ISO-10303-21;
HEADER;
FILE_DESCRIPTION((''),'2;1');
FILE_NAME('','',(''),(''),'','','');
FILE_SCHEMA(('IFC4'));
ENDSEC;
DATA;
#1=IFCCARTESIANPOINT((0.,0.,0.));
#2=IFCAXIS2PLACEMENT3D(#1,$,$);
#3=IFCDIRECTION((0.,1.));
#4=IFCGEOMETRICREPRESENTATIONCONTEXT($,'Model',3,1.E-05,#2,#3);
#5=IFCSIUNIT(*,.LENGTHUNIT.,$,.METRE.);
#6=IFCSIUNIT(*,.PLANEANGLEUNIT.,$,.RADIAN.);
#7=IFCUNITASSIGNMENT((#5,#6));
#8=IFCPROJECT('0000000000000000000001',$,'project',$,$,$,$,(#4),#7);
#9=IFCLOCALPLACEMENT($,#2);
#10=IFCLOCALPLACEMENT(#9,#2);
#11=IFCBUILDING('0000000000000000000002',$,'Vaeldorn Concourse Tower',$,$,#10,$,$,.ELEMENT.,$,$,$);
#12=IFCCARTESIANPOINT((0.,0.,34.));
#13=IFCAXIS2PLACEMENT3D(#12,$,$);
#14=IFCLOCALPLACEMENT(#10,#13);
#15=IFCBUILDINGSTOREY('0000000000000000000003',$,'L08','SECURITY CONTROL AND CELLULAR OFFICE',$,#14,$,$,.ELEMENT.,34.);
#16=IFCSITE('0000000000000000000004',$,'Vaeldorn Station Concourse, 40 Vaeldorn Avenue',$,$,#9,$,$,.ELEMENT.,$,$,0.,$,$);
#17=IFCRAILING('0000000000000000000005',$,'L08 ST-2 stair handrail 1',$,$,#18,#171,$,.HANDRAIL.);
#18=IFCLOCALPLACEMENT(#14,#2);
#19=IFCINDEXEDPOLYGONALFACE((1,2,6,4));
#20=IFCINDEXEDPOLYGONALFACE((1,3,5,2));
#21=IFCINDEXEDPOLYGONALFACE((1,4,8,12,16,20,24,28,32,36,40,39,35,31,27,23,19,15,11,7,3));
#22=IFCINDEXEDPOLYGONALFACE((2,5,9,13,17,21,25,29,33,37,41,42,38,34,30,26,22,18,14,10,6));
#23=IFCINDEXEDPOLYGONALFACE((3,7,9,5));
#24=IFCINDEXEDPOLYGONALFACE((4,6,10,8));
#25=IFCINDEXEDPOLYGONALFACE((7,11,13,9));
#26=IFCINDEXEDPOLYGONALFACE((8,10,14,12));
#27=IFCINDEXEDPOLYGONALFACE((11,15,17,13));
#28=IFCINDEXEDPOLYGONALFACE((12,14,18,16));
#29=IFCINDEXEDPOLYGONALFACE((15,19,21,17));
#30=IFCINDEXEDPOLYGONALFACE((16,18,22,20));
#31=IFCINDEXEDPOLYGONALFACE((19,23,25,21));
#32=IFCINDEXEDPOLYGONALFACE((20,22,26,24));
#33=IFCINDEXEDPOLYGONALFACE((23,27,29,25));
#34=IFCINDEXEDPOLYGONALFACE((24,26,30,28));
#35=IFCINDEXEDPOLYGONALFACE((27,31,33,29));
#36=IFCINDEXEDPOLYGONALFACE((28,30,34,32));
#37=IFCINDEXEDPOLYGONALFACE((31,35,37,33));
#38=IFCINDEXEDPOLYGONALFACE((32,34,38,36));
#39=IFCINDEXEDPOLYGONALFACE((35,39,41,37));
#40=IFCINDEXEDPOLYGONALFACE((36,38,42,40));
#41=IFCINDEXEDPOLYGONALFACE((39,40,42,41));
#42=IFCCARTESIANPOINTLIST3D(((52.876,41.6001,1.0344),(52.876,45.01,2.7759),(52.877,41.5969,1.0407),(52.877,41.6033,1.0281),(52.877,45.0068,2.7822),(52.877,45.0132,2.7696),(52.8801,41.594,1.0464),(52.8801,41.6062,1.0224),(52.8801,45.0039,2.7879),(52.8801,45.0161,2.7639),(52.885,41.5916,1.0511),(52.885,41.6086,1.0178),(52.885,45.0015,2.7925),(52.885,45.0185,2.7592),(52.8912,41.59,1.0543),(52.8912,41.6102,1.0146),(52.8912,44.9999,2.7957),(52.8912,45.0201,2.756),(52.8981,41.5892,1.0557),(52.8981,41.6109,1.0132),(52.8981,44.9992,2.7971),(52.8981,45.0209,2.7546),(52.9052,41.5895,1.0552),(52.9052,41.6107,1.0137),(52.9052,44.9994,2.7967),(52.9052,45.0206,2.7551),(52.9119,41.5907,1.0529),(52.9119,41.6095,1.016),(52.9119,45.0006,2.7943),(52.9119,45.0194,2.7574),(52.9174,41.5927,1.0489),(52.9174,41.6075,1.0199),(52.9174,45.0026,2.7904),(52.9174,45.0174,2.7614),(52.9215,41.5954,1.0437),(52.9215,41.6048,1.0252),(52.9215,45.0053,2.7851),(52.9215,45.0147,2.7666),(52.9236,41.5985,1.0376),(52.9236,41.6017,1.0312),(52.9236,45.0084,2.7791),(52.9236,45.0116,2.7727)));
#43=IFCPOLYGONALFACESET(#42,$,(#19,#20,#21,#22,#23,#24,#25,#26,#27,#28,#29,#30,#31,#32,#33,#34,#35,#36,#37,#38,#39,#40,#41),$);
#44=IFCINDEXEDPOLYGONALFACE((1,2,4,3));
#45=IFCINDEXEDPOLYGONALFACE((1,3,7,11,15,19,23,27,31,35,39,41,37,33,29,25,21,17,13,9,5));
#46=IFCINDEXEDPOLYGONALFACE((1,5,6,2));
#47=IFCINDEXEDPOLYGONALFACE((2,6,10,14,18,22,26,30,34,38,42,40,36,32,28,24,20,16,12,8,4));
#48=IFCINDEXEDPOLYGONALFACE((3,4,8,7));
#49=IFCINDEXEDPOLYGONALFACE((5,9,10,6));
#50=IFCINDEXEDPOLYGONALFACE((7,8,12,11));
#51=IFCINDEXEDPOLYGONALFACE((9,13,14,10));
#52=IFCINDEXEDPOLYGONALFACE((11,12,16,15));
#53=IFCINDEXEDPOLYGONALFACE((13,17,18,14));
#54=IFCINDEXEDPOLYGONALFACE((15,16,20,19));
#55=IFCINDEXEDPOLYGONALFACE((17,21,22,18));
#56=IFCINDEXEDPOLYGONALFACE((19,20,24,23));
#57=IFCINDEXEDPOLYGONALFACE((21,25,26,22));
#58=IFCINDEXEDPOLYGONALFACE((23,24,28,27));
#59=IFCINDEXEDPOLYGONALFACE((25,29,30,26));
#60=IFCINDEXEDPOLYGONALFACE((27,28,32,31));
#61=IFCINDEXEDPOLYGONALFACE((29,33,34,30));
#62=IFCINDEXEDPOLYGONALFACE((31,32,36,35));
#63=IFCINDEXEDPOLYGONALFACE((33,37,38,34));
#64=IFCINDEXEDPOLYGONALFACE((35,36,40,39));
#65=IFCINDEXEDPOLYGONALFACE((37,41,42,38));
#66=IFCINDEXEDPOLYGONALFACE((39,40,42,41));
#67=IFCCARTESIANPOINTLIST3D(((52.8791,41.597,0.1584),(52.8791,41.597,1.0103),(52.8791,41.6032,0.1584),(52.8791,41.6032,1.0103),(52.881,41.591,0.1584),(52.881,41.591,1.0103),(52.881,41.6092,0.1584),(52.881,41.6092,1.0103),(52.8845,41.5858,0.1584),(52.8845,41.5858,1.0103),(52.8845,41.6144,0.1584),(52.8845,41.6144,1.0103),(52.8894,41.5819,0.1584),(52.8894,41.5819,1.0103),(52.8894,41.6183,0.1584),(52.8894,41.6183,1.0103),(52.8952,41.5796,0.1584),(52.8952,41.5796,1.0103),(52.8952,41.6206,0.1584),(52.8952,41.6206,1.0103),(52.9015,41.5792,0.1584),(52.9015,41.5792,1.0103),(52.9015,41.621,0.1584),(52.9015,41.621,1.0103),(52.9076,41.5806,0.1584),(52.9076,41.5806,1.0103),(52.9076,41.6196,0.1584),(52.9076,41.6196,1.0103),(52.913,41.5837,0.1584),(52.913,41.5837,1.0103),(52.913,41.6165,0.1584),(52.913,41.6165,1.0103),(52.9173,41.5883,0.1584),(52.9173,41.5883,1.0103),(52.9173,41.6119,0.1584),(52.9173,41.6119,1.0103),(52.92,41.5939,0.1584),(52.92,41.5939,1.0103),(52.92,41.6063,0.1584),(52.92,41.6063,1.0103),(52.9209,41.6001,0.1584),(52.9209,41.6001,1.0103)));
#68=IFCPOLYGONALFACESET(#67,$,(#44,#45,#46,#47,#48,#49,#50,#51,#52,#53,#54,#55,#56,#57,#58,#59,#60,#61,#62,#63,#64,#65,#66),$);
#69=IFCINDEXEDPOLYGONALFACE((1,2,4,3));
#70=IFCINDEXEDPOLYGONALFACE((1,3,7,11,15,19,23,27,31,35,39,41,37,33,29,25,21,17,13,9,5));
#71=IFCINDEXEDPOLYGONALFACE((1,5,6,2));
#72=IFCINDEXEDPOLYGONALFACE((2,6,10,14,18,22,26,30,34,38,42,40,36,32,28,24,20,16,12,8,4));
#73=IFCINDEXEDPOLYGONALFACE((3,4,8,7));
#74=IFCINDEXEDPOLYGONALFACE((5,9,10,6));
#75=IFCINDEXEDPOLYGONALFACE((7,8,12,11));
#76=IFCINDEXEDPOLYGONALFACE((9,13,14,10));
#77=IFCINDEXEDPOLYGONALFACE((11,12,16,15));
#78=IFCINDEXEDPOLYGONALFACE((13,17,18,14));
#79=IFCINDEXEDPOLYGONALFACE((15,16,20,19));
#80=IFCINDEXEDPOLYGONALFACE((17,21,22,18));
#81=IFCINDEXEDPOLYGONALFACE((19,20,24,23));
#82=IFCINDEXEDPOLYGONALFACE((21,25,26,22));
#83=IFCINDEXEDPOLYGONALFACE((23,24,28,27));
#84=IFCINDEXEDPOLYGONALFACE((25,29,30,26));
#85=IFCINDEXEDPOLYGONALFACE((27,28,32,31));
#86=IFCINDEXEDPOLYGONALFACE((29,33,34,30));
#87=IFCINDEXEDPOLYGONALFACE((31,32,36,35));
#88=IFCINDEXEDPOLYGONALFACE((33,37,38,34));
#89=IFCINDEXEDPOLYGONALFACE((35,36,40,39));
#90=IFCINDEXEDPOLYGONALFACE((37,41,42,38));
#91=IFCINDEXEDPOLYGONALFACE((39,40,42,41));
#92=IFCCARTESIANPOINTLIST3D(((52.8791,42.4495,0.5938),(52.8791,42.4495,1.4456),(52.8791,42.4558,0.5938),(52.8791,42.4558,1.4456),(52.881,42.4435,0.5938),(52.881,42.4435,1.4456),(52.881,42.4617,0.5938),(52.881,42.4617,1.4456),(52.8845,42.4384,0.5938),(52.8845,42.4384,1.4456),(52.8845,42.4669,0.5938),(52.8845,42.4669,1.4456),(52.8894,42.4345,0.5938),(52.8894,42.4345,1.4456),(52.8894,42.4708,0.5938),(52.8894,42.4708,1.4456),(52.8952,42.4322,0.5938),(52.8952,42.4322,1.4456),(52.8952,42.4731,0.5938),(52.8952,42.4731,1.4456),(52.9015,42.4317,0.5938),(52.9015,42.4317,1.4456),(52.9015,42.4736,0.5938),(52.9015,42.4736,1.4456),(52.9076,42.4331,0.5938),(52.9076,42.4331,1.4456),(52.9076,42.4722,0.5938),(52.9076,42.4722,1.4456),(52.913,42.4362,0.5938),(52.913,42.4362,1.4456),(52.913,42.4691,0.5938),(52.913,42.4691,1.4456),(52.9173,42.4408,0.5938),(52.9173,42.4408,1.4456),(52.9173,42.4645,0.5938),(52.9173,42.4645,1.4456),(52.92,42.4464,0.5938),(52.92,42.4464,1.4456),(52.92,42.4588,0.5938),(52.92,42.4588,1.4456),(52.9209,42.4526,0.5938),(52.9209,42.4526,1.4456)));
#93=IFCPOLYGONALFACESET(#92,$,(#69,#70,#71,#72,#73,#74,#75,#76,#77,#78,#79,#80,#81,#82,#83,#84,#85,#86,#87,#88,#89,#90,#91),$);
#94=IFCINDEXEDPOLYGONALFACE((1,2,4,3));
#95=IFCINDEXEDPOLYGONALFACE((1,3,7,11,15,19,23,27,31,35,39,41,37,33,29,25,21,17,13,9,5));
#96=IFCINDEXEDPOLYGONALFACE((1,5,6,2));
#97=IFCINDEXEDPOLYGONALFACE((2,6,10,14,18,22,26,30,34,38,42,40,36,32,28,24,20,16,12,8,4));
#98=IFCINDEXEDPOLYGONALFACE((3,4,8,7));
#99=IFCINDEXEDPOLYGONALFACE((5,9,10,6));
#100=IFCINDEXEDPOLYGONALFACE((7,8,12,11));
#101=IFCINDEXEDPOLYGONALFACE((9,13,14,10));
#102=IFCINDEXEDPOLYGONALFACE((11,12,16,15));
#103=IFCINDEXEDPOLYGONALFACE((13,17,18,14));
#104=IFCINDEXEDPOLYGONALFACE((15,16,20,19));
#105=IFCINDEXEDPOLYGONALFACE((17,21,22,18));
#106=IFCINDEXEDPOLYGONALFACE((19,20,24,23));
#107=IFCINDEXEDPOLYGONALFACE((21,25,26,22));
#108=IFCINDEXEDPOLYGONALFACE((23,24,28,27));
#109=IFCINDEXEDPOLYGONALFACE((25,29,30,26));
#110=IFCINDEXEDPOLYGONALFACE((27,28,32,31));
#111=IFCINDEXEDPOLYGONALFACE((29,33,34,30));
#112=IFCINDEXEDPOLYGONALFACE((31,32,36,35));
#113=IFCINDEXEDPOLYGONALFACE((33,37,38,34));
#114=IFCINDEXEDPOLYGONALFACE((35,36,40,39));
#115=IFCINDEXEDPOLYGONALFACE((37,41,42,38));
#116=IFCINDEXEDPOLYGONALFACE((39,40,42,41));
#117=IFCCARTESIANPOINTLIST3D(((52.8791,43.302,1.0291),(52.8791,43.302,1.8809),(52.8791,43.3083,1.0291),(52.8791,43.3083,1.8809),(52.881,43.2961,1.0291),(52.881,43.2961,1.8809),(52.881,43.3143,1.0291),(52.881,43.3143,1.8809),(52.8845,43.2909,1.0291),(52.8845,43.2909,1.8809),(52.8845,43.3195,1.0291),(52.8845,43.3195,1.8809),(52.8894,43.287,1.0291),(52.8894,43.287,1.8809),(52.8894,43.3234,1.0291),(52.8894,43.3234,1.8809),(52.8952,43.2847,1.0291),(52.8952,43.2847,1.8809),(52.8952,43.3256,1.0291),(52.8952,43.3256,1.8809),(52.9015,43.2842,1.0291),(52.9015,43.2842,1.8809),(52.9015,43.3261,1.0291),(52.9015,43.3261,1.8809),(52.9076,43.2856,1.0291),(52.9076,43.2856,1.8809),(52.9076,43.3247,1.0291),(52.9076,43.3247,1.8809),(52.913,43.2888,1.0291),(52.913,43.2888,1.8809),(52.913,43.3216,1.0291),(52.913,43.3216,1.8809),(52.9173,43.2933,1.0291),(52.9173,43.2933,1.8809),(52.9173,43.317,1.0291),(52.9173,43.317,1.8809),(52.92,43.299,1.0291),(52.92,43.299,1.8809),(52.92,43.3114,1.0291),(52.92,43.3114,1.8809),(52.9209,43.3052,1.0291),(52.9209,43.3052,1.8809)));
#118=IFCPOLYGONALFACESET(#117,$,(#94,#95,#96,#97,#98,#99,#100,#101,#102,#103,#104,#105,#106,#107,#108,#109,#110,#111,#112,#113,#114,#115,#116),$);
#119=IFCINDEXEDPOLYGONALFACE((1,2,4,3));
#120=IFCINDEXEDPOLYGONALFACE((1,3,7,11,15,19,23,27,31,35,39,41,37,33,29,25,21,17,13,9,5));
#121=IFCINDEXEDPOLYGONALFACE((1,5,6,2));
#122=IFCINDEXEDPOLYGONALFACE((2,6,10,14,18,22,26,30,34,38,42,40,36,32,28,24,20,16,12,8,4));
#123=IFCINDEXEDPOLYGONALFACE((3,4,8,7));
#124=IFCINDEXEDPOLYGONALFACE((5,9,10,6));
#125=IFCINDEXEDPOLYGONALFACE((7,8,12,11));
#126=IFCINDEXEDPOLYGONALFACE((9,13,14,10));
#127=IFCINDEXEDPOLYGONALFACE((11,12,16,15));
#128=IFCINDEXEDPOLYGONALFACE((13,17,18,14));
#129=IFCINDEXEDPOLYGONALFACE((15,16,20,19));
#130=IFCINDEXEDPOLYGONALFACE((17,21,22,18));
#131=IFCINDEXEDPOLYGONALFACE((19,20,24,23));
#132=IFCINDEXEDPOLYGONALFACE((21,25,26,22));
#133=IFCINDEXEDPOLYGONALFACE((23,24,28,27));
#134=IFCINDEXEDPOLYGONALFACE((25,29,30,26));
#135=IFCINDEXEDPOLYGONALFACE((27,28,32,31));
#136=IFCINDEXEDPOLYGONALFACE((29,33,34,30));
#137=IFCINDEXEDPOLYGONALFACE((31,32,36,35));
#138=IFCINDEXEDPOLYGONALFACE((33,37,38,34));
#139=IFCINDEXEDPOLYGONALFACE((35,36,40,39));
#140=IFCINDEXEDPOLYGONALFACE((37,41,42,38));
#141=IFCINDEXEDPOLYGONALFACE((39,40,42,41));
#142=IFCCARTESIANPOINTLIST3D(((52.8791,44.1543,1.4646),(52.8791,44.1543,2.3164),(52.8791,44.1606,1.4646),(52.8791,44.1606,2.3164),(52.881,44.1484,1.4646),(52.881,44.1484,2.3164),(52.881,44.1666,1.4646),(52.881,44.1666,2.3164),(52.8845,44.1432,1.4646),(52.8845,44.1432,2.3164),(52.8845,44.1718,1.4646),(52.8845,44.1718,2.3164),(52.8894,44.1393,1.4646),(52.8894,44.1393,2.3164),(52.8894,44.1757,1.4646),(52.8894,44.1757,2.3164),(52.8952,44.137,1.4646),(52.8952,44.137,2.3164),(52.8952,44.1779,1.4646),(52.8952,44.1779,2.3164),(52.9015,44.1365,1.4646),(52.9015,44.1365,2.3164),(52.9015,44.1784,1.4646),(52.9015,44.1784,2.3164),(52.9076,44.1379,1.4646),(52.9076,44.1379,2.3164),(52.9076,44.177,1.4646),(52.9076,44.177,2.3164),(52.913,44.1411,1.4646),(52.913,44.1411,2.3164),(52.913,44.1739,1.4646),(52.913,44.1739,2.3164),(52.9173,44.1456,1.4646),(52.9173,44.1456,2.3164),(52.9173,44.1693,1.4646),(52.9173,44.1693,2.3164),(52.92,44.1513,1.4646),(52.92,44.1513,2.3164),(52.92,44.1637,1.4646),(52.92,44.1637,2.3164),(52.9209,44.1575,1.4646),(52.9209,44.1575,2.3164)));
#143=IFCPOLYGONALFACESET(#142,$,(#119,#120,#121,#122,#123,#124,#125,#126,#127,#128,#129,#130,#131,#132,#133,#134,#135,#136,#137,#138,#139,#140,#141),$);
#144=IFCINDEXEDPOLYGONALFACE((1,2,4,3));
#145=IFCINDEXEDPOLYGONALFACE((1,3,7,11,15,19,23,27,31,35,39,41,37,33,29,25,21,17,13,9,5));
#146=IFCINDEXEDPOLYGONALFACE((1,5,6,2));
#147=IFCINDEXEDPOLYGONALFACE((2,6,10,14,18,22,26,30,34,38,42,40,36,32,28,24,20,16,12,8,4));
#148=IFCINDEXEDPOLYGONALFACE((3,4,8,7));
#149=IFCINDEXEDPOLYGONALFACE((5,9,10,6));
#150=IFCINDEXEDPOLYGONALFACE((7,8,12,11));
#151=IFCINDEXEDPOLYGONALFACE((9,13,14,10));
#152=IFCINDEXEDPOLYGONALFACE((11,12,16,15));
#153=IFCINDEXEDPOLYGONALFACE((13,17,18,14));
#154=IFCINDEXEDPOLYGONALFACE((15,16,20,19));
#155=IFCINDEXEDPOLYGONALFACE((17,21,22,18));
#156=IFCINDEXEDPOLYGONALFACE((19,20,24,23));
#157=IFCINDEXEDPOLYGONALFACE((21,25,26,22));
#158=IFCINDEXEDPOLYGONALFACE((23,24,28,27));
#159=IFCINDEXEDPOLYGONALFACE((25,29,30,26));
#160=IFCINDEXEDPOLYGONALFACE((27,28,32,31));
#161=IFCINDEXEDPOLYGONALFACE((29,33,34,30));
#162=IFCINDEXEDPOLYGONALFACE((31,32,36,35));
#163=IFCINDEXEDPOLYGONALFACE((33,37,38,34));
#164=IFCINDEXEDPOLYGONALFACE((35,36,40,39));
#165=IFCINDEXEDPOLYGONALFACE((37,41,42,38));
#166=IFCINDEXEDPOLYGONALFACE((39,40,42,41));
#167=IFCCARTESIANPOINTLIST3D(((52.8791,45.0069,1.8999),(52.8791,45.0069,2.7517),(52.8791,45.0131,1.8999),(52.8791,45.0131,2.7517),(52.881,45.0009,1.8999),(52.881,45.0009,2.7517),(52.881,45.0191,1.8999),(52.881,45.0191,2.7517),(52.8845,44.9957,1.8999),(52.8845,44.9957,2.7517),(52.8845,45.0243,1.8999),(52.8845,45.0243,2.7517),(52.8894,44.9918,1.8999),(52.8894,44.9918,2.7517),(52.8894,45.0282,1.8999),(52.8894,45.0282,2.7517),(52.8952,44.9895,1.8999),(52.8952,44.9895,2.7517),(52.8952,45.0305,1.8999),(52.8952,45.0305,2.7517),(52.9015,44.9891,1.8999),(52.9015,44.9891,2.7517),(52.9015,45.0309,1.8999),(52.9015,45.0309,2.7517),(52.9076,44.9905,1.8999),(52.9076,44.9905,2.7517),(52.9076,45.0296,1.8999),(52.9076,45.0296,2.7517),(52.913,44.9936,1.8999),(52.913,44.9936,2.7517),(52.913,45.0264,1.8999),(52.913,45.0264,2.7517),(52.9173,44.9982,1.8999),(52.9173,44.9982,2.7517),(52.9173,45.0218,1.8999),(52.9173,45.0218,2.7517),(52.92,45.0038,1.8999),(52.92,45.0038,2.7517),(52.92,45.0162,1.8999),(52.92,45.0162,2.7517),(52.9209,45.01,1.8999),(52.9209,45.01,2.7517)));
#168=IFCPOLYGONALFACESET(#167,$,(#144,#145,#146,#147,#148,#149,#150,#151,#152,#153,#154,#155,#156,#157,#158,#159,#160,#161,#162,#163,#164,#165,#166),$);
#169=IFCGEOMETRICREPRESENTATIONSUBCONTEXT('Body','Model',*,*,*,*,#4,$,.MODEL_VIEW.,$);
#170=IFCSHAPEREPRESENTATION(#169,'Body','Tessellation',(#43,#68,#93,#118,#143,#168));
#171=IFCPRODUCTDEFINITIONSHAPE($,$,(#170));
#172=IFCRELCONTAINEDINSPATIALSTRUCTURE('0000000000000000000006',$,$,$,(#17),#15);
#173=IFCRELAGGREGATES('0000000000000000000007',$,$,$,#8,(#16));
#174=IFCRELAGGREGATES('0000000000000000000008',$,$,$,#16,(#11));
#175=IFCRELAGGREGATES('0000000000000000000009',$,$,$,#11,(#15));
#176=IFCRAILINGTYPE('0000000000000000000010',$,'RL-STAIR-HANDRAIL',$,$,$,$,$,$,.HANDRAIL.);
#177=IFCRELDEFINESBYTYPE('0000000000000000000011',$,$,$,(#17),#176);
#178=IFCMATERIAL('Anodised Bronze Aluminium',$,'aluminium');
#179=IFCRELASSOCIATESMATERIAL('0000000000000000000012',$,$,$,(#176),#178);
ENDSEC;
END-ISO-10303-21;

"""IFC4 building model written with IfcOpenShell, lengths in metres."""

from ifc_helpers import new_model, si_unit, direction, frame, origin, origin_2d, place, context, subcontext, project, spatial, circle, extrude, material, type_object, element, save


model = new_model("IFC4")

# Units and contexts
model_context = context("Model", 3, precision=1e-05, world=origin(), true_north=direction((0.0, 1.0)))
body_context = subcontext(model_context, "Body", "Model", "MODEL_VIEW")
ifc_project = project(units=[si_unit("LENGTHUNIT", "METRE"), si_unit("PLANEANGLEUNIT", "RADIAN")], contexts=[model_context])

# Site, building, storey
site_placement = place(None, origin())
site = spatial("IfcSite", under=ifc_project, at=site_placement, Name="Vaeldorn Station Concourse, 40 Vaeldorn Avenue", CompositionType="ELEMENT", RefElevation=0.0)
building_placement = place(site_placement, origin())
building = spatial("IfcBuilding", under=site, at=building_placement, Name="Vaeldorn Concourse Tower", CompositionType="ELEMENT")
storey_placement = place(building_placement, frame((0.0, 0.0, 34.0)))
storey = spatial("IfcBuildingStorey", under=building, at=storey_placement, Name="L08", Description="SECURITY CONTROL AND CELLULAR OFFICE", CompositionType="ELEMENT", Elevation=34.0)

# Shared definitions
ifc_material_1 = material(Name="Anodised Bronze Aluminium", Category="aluminium")

# Railing
railing_type_1 = type_object("IfcRailingType", Name="RL-STAIR-HANDRAIL", PredefinedType="HANDRAIL", material=ifc_material_1)
railing_1_placement = place(storey_placement, frame((52.8999, 41.6001, 0.1584)))
element("IfcRailing", 1, at=railing_1_placement, inside=storey, type_object=railing_type_1, Name="L08 ST-2 stair handrail 1", PredefinedType="HANDRAIL", context=body_context, shape_type="SweptSolid", body=[
    extrude(circle(Radius=0.0239, at=origin_2d()), frame((0.0, 0.0, 0.876), z_axis=(0.0, 0.890582, 0.454823), x_axis=(-1.0, 0.0, 0.0)), (0.0, 0.0, 1.0), 3.8289),
    extrude(circle(Radius=0.021, at=origin_2d()), origin(), (0.0, 0.0, 1.0), 0.8518),
    extrude(circle(Radius=0.021, at=origin_2d()), frame((0.0, 0.8525, 0.4353)), (0.0, 0.0, 1.0), 0.8518),
    extrude(circle(Radius=0.021, at=origin_2d()), frame((0.0, 1.7051, 0.8706)), (0.0, 0.0, 1.0), 0.8518),
    extrude(circle(Radius=0.021, at=origin_2d()), frame((0.0, 2.5574, 1.3062)), (0.0, 0.0, 1.0), 0.8518),
    extrude(circle(Radius=0.021, at=origin_2d()), frame((0.0, 3.4099, 1.7415)), (0.0, 0.0, 1.0), 0.8518),
])

save(model, "model.ifc")
